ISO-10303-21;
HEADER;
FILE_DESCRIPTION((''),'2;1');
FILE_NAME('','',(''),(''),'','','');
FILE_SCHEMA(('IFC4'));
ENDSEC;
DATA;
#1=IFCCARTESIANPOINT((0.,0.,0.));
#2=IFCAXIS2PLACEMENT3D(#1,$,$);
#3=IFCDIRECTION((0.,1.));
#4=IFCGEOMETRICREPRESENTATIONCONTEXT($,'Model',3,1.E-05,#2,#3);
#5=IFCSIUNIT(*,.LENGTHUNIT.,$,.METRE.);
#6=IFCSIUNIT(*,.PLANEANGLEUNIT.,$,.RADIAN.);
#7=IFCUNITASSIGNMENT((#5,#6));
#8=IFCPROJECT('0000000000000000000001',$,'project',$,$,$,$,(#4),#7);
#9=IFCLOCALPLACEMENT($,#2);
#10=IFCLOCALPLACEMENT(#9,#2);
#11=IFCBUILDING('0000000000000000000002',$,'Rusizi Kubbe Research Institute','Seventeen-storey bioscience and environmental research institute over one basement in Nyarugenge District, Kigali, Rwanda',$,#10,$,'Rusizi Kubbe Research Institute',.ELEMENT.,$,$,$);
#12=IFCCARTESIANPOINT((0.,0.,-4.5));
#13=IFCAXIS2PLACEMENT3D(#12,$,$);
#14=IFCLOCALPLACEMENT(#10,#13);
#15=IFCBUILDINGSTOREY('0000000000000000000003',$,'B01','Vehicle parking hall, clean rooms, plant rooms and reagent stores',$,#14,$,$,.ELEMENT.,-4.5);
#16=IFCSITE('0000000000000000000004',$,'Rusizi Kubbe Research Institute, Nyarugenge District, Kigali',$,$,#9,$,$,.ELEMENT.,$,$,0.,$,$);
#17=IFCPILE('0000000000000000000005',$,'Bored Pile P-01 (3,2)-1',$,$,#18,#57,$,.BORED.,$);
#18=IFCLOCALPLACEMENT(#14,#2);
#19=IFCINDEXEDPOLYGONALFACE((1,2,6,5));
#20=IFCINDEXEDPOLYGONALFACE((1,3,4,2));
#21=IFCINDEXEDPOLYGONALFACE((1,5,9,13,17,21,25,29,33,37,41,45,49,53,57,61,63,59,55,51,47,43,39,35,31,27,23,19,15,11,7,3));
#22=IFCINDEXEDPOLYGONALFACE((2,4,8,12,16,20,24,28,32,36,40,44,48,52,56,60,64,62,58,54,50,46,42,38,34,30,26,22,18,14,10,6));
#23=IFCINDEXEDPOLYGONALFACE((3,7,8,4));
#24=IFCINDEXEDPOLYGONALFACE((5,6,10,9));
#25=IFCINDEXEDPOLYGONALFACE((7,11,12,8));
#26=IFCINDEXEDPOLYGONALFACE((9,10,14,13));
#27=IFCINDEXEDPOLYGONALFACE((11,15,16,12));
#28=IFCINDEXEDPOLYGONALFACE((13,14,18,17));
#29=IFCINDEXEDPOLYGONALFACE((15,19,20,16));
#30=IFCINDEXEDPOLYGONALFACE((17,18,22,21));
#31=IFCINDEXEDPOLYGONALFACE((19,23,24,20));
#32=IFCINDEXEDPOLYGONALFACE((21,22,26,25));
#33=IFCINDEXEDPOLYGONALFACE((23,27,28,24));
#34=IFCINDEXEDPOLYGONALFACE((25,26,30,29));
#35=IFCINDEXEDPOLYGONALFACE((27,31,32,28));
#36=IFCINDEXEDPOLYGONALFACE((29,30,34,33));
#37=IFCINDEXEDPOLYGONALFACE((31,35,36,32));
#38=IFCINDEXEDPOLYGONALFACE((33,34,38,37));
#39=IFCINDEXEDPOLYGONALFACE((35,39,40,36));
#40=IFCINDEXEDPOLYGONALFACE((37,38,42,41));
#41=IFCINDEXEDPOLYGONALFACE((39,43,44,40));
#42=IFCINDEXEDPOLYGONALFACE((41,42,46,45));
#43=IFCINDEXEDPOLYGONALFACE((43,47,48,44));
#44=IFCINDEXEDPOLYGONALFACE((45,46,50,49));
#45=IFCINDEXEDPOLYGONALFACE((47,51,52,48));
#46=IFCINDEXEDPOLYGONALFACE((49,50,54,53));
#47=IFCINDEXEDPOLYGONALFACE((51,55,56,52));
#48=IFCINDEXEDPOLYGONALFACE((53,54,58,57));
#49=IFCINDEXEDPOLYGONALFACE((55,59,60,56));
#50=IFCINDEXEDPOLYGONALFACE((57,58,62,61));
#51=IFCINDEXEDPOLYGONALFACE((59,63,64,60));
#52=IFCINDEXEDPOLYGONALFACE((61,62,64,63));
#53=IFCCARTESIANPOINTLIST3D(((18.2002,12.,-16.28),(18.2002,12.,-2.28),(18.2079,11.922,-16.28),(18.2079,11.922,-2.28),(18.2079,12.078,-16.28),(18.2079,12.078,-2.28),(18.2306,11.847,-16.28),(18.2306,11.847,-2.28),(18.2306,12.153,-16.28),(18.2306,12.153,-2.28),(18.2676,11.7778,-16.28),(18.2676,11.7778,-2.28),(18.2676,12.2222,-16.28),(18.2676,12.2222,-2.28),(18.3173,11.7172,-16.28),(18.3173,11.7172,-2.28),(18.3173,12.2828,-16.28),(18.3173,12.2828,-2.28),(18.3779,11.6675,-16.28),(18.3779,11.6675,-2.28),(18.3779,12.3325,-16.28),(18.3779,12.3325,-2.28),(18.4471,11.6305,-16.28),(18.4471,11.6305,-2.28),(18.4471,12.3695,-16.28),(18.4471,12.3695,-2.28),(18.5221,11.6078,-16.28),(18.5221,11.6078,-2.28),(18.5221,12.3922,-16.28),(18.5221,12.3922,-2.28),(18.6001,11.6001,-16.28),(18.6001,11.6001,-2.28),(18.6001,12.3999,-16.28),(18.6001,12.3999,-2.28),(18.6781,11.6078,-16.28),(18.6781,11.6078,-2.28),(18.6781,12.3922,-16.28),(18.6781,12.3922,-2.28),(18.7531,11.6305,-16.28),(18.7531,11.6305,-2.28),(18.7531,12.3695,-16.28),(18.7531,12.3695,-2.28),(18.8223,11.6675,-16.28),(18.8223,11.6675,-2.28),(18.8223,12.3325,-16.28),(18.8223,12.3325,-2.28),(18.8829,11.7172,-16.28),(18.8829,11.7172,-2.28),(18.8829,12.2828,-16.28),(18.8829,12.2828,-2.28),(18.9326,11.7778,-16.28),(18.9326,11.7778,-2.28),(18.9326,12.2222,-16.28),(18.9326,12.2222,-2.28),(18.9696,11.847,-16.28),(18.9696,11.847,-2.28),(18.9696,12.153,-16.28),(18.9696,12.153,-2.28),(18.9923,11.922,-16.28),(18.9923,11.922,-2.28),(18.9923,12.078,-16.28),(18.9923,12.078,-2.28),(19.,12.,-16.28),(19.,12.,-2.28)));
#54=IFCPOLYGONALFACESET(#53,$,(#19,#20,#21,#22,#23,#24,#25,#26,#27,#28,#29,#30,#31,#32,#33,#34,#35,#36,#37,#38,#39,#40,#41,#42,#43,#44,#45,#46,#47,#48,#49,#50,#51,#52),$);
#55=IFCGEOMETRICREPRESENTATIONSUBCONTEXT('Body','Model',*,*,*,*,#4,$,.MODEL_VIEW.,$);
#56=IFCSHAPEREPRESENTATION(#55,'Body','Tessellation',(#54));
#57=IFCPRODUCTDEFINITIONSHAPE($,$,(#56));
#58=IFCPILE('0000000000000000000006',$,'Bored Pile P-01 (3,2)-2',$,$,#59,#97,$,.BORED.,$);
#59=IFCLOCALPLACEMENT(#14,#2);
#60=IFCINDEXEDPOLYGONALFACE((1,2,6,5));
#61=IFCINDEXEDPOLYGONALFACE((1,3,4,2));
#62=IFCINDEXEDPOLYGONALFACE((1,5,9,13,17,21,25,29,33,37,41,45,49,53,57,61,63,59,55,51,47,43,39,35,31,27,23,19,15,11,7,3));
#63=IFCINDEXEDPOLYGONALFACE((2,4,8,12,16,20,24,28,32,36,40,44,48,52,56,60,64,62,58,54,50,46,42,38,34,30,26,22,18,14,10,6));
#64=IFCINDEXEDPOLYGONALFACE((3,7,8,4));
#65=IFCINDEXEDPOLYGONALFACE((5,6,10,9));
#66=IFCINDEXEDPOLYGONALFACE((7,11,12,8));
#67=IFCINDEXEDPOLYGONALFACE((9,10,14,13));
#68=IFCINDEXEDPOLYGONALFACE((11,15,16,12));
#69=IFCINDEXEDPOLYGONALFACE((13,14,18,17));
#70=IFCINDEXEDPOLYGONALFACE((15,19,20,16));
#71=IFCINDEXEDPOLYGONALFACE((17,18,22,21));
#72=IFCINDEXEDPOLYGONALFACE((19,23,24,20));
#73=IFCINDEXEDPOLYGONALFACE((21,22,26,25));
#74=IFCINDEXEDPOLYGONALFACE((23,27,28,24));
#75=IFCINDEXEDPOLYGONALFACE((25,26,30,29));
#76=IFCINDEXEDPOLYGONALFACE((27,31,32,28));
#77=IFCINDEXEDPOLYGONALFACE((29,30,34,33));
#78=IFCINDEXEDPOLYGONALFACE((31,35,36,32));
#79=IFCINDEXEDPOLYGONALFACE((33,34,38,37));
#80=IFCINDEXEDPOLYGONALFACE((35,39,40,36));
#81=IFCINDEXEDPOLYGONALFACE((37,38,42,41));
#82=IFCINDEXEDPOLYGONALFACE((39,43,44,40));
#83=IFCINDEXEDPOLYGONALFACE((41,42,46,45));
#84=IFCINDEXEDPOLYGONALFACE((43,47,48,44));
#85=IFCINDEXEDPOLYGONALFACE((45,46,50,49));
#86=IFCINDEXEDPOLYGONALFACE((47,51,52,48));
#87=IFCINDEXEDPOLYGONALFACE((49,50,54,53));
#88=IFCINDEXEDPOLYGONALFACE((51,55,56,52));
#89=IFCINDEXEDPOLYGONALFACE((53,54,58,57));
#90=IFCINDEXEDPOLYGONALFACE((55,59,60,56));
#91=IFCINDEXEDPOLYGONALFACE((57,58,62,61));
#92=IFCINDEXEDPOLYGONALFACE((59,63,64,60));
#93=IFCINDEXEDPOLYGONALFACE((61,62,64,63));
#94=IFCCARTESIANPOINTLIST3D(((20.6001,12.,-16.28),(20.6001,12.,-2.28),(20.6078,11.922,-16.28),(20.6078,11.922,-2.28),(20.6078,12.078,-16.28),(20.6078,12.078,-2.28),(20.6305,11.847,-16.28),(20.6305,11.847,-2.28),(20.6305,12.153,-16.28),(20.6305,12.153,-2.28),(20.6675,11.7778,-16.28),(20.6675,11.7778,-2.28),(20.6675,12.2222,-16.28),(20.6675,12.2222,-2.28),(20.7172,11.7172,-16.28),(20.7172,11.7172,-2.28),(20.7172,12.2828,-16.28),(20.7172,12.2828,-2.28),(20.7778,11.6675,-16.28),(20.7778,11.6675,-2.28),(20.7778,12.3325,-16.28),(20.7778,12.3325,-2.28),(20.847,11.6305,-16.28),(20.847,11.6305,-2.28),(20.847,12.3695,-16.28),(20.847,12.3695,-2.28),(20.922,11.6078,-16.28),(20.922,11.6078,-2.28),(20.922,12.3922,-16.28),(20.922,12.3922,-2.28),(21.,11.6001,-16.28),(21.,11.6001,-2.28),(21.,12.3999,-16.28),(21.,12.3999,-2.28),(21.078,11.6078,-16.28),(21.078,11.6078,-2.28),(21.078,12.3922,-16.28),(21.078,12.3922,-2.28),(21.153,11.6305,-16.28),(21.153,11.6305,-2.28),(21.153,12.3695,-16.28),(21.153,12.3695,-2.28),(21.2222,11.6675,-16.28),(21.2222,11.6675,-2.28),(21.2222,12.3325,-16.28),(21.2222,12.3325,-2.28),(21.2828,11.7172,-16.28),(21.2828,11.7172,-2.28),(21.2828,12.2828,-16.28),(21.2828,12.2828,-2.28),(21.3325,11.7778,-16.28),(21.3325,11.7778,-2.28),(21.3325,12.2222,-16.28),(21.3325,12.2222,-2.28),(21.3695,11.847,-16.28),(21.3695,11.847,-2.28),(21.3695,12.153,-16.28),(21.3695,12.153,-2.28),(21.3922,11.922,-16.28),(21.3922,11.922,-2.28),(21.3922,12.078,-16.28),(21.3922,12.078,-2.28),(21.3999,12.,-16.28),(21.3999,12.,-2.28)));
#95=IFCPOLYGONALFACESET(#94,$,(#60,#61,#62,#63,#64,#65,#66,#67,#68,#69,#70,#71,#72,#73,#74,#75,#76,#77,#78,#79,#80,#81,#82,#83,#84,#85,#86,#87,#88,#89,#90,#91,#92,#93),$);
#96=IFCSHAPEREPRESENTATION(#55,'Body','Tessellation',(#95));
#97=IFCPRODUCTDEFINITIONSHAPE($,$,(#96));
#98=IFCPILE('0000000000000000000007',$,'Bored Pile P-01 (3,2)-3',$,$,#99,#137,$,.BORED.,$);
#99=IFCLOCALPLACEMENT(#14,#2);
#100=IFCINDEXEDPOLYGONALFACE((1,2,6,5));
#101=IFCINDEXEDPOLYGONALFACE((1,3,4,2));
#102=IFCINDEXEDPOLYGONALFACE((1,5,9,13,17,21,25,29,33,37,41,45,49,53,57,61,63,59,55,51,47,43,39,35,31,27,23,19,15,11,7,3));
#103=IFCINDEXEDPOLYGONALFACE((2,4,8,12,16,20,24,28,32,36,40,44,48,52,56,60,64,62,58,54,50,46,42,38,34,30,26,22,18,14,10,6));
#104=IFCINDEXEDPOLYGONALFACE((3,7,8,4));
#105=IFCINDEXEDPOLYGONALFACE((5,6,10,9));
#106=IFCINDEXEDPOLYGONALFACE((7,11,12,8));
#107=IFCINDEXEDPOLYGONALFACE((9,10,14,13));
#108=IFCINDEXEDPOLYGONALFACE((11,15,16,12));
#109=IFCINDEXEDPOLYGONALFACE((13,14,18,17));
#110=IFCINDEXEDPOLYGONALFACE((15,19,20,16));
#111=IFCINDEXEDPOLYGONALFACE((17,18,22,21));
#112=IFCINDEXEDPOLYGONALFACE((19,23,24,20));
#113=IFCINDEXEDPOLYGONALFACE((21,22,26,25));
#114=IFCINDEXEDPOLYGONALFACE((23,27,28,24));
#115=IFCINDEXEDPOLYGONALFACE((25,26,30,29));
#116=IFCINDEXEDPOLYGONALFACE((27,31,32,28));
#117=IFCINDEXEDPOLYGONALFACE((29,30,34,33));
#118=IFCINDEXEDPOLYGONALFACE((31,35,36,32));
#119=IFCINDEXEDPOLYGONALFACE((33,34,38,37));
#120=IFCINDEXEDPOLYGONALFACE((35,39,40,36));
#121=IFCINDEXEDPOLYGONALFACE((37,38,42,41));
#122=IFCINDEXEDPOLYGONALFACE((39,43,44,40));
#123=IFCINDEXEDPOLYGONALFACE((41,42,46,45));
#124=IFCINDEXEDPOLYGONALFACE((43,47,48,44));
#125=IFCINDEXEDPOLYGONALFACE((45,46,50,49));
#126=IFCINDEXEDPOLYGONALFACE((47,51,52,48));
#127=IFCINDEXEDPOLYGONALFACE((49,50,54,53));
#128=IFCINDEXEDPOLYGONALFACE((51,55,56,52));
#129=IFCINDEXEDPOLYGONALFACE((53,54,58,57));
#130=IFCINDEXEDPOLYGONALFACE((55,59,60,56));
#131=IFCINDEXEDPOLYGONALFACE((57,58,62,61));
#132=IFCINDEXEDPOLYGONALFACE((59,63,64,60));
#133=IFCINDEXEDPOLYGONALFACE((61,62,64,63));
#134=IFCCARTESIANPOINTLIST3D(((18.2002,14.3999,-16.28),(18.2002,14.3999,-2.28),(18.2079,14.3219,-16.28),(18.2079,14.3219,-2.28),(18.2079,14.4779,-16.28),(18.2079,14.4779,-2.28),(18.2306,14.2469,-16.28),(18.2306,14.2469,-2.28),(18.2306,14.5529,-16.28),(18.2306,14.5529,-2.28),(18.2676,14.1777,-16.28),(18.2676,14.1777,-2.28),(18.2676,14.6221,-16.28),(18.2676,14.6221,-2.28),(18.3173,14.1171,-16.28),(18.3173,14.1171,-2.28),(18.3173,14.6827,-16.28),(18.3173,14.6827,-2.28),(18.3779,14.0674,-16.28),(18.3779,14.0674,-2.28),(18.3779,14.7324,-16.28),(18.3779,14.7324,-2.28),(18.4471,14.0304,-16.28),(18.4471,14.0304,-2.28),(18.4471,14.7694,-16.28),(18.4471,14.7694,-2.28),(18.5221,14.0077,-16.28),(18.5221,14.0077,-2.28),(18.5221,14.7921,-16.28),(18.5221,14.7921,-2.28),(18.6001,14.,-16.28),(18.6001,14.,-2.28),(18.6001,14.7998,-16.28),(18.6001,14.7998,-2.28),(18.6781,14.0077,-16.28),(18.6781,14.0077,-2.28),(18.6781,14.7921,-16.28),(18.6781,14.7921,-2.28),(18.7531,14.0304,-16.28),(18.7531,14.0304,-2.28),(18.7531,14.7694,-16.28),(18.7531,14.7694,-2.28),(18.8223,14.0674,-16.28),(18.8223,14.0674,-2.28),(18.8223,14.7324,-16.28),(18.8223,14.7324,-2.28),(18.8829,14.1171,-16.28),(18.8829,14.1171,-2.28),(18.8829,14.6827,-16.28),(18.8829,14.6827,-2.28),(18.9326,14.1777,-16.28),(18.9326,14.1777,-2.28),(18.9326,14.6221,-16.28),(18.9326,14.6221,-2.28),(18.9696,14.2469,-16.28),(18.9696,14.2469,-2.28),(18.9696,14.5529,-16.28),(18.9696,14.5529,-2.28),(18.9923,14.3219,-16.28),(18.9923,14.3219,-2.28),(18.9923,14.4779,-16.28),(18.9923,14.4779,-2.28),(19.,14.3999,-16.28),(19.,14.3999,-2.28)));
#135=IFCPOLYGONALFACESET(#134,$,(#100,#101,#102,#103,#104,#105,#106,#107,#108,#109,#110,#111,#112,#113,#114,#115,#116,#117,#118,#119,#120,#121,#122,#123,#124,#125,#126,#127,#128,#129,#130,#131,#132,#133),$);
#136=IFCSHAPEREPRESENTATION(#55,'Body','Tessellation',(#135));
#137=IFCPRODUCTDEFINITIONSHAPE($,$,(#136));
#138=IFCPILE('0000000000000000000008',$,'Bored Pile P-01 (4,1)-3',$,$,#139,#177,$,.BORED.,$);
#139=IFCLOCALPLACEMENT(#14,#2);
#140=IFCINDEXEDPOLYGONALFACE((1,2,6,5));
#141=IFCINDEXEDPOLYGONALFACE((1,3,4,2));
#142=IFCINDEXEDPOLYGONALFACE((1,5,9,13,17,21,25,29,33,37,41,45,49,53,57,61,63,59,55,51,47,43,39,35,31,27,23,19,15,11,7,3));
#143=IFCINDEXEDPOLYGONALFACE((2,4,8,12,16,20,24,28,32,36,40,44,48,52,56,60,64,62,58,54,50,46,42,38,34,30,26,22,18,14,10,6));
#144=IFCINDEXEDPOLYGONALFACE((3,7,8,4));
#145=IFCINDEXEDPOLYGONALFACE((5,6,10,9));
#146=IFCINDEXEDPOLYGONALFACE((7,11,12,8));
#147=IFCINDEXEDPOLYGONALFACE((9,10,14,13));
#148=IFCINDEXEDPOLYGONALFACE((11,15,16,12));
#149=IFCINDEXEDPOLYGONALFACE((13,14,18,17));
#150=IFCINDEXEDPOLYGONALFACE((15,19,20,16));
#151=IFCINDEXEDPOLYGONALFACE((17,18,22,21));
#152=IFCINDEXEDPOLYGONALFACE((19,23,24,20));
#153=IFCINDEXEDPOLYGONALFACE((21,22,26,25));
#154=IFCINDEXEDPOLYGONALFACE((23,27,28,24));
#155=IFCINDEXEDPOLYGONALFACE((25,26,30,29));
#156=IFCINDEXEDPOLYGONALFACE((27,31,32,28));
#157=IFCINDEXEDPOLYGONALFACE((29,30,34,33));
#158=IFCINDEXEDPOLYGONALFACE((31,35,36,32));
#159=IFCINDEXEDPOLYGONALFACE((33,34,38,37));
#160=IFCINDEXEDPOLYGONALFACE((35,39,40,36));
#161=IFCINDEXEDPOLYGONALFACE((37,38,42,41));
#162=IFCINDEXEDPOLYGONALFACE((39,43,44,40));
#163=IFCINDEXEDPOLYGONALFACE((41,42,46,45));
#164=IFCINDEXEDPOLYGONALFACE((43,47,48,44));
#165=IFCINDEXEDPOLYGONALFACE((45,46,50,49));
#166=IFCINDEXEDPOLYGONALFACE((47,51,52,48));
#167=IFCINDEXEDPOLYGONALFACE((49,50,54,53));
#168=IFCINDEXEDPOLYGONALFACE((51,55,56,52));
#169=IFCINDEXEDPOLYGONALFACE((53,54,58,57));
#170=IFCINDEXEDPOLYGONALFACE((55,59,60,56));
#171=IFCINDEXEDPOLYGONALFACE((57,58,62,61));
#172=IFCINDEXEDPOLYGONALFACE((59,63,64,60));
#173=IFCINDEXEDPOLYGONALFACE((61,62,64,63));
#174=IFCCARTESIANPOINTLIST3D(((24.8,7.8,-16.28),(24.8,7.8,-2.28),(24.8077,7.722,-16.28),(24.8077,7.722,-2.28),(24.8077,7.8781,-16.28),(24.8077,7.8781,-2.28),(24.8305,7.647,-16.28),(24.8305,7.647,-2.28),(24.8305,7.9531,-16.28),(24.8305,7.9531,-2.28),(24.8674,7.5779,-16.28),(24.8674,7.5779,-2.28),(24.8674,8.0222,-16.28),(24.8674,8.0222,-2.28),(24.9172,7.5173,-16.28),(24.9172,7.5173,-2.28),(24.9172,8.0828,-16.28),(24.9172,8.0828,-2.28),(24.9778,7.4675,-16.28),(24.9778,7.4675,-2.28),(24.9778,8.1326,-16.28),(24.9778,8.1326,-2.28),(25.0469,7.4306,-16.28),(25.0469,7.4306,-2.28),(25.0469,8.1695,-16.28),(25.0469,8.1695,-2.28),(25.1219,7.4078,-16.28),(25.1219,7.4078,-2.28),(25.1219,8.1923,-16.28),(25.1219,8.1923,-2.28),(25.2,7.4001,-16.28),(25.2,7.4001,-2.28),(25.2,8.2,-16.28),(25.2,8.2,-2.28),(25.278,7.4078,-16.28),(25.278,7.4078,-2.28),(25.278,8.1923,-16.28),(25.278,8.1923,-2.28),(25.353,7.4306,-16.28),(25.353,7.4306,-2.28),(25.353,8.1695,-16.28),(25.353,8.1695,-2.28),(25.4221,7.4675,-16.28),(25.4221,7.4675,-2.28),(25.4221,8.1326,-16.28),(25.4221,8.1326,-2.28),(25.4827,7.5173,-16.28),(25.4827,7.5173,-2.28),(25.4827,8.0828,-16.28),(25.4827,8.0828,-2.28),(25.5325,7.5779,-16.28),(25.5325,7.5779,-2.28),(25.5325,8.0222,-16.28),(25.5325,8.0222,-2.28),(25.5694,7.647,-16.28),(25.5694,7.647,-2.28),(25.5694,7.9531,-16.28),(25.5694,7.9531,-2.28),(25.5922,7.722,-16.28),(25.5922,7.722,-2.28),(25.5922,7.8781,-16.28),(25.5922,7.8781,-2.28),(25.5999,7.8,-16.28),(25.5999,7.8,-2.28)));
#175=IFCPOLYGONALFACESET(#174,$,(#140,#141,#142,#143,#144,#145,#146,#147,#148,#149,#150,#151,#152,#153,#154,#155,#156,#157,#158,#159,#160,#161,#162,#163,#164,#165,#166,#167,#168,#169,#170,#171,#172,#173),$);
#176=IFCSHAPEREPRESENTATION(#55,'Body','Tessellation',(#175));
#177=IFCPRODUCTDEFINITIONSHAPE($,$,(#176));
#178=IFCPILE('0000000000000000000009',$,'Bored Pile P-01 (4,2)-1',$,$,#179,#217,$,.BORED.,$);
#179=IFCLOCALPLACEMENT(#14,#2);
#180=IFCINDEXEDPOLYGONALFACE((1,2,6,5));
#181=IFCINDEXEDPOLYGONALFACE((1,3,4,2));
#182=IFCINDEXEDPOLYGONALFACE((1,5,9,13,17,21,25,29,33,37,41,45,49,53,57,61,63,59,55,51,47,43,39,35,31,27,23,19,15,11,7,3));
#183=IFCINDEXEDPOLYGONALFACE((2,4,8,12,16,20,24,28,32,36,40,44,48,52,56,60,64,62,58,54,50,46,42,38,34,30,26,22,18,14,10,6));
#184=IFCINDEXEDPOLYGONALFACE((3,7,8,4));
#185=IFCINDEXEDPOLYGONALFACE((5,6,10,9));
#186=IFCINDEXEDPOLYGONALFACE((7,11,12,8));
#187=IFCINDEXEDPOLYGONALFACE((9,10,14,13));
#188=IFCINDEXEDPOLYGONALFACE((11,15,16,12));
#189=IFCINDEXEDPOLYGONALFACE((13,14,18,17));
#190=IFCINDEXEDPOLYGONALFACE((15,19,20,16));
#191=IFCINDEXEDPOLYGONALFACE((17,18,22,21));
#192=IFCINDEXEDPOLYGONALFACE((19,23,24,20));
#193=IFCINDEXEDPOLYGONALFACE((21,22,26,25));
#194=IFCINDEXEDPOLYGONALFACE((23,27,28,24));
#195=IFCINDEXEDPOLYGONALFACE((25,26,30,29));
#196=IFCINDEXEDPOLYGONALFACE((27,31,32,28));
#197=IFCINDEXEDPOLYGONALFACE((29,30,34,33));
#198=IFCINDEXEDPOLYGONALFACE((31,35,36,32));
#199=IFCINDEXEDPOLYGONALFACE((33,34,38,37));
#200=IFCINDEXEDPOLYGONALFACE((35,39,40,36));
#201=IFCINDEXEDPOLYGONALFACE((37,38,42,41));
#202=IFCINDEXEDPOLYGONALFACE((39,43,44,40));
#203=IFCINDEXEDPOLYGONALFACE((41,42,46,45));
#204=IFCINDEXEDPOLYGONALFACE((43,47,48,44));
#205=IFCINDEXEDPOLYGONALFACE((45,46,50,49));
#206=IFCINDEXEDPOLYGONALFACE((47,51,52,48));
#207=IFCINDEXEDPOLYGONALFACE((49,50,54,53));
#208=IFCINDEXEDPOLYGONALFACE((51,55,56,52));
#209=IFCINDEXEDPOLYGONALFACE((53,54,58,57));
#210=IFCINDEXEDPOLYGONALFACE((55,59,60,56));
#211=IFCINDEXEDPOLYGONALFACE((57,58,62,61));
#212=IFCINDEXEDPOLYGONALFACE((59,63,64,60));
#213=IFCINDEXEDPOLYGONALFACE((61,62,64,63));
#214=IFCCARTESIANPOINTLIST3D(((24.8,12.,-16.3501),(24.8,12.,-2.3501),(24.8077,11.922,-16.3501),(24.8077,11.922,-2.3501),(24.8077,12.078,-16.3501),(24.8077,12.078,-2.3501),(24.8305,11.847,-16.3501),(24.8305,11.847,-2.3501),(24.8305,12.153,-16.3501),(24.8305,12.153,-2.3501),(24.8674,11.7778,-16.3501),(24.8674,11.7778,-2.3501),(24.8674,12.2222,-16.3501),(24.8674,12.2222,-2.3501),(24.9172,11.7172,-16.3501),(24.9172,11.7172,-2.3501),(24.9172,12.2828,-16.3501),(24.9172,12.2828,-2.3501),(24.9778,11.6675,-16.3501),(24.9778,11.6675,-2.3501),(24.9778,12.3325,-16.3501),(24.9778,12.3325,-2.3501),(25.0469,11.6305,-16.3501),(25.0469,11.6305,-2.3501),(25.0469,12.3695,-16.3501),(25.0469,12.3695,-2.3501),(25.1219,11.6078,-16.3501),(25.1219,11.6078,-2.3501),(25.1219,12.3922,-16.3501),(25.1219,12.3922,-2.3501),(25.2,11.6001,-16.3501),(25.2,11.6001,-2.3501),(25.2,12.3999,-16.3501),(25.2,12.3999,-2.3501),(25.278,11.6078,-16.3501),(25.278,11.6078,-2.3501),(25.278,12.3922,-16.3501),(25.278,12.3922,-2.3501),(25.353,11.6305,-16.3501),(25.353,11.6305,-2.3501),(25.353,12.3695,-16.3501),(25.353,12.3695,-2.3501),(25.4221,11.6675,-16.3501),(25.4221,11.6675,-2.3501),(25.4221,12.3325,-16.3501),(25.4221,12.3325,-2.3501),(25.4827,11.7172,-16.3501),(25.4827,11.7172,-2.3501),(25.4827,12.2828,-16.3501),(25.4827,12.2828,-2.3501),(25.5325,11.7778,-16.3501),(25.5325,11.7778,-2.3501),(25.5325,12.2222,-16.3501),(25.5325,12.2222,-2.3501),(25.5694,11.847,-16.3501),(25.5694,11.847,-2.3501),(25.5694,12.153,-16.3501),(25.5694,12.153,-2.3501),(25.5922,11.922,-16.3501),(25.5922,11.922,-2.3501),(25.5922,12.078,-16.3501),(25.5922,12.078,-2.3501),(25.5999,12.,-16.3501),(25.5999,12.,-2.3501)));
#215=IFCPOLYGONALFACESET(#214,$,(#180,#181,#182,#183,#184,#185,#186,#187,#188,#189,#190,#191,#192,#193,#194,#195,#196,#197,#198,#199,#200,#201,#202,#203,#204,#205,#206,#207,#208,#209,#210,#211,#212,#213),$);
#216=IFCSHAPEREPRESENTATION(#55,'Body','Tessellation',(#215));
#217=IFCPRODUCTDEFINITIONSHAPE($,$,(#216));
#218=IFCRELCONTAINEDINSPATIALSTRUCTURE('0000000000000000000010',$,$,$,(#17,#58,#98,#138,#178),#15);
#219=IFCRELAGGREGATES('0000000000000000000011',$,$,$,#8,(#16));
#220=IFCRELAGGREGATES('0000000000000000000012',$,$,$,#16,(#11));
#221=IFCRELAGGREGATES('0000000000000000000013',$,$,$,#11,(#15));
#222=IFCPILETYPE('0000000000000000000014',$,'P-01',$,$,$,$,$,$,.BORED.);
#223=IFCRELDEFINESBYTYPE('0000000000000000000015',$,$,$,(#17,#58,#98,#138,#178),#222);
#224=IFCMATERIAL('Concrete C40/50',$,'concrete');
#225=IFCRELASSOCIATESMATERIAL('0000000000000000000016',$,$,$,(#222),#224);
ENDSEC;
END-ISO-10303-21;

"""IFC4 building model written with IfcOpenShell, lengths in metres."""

from ifc_helpers import new_model, si_unit, direction, frame, origin, origin_2d, place, context, subcontext, project, spatial, circle, extrude, material, material_profile, profile_set, type_object, element, save


model = new_model("IFC4")

# Units and contexts
model_context = context("Model", 3, precision=1e-05, world=origin(), true_north=direction((0.0, 1.0)))
body_context = subcontext(model_context, "Body", "Model", "MODEL_VIEW")
ifc_project = project(units=[si_unit("LENGTHUNIT", "METRE"), si_unit("PLANEANGLEUNIT", "RADIAN")], contexts=[model_context])

# Site, building, storey
site_placement = place(None, origin())
site = spatial("IfcSite", under=ifc_project, at=site_placement, Name="Rusizi Kubbe Research Institute, Nyarugenge District, Kigali", CompositionType="ELEMENT", RefElevation=0.0)
building_placement = place(site_placement, origin())
building = spatial("IfcBuilding", under=site, at=building_placement, Name="Rusizi Kubbe Research Institute", Description="Seventeen-storey bioscience and environmental research institute over one basement in Nyarugenge District, Kigali, Rwanda", LongName="Rusizi Kubbe Research Institute", CompositionType="ELEMENT")
storey_placement = place(building_placement, frame((0.0, 0.0, -4.5)))
storey = spatial("IfcBuildingStorey", under=building, at=storey_placement, Name="B01", Description="Vehicle parking hall, clean rooms, plant rooms and reagent stores", CompositionType="ELEMENT", Elevation=-4.5)

# Piles
ifc_material_1 = material(Name="Concrete C40/50", Category="concrete")
ifc_material_profile_1 = material_profile(ifc_material_1, circle(Radius=0.3999, at=origin_2d()), Name="PILE-D800")
ifc_profile_set_1 = profile_set([ifc_material_profile_1], Name="Concrete C40/50")
pile_type_1 = type_object("IfcPileType", Name="P-01", PredefinedType="BORED", material=ifc_profile_set_1)
for number, where, z_axis, x_axis, name in (
    (1, (18.6001, 12.0, -2.28), (0.0, 0.0, -1.0), (1.0, 0.0, 0.0), "Bored Pile P-01 (3,2)-1"),
    (2, (21.0, 12.0, -2.28), (0.0, 0.0, -1.0), (1.0, 0.0, 0.0), "Bored Pile P-01 (3,2)-2"),
    (3, (18.6001, 14.3999, -2.28), (0.0, 0.0, -1.0), (1.0, 0.0, 0.0), "Bored Pile P-01 (3,2)-3"),
    (4, (25.2, 7.8, -2.28), (0.0, 0.0, -1.0), (1.0, 0.0, 0.0), "Bored Pile P-01 (4,1)-3"),
    (5, (25.2, 12.0, -2.3501), (0.0, 0.0, -1.0), (1.0, 0.0, 0.0), "Bored Pile P-01 (4,2)-1"),
):
    element("IfcPile", number, at=place(storey_placement, frame(where, z_axis=z_axis, x_axis=x_axis)), inside=storey, type_object=pile_type_1, Name=name, PredefinedType="BORED", context=body_context, shape_type="SweptSolid", body=[
        extrude(circle(Radius=0.3999, at=origin_2d()), origin(), (0.0, 0.0, 1.0), 14.0),
    ])

save(model, "model.ifc")
